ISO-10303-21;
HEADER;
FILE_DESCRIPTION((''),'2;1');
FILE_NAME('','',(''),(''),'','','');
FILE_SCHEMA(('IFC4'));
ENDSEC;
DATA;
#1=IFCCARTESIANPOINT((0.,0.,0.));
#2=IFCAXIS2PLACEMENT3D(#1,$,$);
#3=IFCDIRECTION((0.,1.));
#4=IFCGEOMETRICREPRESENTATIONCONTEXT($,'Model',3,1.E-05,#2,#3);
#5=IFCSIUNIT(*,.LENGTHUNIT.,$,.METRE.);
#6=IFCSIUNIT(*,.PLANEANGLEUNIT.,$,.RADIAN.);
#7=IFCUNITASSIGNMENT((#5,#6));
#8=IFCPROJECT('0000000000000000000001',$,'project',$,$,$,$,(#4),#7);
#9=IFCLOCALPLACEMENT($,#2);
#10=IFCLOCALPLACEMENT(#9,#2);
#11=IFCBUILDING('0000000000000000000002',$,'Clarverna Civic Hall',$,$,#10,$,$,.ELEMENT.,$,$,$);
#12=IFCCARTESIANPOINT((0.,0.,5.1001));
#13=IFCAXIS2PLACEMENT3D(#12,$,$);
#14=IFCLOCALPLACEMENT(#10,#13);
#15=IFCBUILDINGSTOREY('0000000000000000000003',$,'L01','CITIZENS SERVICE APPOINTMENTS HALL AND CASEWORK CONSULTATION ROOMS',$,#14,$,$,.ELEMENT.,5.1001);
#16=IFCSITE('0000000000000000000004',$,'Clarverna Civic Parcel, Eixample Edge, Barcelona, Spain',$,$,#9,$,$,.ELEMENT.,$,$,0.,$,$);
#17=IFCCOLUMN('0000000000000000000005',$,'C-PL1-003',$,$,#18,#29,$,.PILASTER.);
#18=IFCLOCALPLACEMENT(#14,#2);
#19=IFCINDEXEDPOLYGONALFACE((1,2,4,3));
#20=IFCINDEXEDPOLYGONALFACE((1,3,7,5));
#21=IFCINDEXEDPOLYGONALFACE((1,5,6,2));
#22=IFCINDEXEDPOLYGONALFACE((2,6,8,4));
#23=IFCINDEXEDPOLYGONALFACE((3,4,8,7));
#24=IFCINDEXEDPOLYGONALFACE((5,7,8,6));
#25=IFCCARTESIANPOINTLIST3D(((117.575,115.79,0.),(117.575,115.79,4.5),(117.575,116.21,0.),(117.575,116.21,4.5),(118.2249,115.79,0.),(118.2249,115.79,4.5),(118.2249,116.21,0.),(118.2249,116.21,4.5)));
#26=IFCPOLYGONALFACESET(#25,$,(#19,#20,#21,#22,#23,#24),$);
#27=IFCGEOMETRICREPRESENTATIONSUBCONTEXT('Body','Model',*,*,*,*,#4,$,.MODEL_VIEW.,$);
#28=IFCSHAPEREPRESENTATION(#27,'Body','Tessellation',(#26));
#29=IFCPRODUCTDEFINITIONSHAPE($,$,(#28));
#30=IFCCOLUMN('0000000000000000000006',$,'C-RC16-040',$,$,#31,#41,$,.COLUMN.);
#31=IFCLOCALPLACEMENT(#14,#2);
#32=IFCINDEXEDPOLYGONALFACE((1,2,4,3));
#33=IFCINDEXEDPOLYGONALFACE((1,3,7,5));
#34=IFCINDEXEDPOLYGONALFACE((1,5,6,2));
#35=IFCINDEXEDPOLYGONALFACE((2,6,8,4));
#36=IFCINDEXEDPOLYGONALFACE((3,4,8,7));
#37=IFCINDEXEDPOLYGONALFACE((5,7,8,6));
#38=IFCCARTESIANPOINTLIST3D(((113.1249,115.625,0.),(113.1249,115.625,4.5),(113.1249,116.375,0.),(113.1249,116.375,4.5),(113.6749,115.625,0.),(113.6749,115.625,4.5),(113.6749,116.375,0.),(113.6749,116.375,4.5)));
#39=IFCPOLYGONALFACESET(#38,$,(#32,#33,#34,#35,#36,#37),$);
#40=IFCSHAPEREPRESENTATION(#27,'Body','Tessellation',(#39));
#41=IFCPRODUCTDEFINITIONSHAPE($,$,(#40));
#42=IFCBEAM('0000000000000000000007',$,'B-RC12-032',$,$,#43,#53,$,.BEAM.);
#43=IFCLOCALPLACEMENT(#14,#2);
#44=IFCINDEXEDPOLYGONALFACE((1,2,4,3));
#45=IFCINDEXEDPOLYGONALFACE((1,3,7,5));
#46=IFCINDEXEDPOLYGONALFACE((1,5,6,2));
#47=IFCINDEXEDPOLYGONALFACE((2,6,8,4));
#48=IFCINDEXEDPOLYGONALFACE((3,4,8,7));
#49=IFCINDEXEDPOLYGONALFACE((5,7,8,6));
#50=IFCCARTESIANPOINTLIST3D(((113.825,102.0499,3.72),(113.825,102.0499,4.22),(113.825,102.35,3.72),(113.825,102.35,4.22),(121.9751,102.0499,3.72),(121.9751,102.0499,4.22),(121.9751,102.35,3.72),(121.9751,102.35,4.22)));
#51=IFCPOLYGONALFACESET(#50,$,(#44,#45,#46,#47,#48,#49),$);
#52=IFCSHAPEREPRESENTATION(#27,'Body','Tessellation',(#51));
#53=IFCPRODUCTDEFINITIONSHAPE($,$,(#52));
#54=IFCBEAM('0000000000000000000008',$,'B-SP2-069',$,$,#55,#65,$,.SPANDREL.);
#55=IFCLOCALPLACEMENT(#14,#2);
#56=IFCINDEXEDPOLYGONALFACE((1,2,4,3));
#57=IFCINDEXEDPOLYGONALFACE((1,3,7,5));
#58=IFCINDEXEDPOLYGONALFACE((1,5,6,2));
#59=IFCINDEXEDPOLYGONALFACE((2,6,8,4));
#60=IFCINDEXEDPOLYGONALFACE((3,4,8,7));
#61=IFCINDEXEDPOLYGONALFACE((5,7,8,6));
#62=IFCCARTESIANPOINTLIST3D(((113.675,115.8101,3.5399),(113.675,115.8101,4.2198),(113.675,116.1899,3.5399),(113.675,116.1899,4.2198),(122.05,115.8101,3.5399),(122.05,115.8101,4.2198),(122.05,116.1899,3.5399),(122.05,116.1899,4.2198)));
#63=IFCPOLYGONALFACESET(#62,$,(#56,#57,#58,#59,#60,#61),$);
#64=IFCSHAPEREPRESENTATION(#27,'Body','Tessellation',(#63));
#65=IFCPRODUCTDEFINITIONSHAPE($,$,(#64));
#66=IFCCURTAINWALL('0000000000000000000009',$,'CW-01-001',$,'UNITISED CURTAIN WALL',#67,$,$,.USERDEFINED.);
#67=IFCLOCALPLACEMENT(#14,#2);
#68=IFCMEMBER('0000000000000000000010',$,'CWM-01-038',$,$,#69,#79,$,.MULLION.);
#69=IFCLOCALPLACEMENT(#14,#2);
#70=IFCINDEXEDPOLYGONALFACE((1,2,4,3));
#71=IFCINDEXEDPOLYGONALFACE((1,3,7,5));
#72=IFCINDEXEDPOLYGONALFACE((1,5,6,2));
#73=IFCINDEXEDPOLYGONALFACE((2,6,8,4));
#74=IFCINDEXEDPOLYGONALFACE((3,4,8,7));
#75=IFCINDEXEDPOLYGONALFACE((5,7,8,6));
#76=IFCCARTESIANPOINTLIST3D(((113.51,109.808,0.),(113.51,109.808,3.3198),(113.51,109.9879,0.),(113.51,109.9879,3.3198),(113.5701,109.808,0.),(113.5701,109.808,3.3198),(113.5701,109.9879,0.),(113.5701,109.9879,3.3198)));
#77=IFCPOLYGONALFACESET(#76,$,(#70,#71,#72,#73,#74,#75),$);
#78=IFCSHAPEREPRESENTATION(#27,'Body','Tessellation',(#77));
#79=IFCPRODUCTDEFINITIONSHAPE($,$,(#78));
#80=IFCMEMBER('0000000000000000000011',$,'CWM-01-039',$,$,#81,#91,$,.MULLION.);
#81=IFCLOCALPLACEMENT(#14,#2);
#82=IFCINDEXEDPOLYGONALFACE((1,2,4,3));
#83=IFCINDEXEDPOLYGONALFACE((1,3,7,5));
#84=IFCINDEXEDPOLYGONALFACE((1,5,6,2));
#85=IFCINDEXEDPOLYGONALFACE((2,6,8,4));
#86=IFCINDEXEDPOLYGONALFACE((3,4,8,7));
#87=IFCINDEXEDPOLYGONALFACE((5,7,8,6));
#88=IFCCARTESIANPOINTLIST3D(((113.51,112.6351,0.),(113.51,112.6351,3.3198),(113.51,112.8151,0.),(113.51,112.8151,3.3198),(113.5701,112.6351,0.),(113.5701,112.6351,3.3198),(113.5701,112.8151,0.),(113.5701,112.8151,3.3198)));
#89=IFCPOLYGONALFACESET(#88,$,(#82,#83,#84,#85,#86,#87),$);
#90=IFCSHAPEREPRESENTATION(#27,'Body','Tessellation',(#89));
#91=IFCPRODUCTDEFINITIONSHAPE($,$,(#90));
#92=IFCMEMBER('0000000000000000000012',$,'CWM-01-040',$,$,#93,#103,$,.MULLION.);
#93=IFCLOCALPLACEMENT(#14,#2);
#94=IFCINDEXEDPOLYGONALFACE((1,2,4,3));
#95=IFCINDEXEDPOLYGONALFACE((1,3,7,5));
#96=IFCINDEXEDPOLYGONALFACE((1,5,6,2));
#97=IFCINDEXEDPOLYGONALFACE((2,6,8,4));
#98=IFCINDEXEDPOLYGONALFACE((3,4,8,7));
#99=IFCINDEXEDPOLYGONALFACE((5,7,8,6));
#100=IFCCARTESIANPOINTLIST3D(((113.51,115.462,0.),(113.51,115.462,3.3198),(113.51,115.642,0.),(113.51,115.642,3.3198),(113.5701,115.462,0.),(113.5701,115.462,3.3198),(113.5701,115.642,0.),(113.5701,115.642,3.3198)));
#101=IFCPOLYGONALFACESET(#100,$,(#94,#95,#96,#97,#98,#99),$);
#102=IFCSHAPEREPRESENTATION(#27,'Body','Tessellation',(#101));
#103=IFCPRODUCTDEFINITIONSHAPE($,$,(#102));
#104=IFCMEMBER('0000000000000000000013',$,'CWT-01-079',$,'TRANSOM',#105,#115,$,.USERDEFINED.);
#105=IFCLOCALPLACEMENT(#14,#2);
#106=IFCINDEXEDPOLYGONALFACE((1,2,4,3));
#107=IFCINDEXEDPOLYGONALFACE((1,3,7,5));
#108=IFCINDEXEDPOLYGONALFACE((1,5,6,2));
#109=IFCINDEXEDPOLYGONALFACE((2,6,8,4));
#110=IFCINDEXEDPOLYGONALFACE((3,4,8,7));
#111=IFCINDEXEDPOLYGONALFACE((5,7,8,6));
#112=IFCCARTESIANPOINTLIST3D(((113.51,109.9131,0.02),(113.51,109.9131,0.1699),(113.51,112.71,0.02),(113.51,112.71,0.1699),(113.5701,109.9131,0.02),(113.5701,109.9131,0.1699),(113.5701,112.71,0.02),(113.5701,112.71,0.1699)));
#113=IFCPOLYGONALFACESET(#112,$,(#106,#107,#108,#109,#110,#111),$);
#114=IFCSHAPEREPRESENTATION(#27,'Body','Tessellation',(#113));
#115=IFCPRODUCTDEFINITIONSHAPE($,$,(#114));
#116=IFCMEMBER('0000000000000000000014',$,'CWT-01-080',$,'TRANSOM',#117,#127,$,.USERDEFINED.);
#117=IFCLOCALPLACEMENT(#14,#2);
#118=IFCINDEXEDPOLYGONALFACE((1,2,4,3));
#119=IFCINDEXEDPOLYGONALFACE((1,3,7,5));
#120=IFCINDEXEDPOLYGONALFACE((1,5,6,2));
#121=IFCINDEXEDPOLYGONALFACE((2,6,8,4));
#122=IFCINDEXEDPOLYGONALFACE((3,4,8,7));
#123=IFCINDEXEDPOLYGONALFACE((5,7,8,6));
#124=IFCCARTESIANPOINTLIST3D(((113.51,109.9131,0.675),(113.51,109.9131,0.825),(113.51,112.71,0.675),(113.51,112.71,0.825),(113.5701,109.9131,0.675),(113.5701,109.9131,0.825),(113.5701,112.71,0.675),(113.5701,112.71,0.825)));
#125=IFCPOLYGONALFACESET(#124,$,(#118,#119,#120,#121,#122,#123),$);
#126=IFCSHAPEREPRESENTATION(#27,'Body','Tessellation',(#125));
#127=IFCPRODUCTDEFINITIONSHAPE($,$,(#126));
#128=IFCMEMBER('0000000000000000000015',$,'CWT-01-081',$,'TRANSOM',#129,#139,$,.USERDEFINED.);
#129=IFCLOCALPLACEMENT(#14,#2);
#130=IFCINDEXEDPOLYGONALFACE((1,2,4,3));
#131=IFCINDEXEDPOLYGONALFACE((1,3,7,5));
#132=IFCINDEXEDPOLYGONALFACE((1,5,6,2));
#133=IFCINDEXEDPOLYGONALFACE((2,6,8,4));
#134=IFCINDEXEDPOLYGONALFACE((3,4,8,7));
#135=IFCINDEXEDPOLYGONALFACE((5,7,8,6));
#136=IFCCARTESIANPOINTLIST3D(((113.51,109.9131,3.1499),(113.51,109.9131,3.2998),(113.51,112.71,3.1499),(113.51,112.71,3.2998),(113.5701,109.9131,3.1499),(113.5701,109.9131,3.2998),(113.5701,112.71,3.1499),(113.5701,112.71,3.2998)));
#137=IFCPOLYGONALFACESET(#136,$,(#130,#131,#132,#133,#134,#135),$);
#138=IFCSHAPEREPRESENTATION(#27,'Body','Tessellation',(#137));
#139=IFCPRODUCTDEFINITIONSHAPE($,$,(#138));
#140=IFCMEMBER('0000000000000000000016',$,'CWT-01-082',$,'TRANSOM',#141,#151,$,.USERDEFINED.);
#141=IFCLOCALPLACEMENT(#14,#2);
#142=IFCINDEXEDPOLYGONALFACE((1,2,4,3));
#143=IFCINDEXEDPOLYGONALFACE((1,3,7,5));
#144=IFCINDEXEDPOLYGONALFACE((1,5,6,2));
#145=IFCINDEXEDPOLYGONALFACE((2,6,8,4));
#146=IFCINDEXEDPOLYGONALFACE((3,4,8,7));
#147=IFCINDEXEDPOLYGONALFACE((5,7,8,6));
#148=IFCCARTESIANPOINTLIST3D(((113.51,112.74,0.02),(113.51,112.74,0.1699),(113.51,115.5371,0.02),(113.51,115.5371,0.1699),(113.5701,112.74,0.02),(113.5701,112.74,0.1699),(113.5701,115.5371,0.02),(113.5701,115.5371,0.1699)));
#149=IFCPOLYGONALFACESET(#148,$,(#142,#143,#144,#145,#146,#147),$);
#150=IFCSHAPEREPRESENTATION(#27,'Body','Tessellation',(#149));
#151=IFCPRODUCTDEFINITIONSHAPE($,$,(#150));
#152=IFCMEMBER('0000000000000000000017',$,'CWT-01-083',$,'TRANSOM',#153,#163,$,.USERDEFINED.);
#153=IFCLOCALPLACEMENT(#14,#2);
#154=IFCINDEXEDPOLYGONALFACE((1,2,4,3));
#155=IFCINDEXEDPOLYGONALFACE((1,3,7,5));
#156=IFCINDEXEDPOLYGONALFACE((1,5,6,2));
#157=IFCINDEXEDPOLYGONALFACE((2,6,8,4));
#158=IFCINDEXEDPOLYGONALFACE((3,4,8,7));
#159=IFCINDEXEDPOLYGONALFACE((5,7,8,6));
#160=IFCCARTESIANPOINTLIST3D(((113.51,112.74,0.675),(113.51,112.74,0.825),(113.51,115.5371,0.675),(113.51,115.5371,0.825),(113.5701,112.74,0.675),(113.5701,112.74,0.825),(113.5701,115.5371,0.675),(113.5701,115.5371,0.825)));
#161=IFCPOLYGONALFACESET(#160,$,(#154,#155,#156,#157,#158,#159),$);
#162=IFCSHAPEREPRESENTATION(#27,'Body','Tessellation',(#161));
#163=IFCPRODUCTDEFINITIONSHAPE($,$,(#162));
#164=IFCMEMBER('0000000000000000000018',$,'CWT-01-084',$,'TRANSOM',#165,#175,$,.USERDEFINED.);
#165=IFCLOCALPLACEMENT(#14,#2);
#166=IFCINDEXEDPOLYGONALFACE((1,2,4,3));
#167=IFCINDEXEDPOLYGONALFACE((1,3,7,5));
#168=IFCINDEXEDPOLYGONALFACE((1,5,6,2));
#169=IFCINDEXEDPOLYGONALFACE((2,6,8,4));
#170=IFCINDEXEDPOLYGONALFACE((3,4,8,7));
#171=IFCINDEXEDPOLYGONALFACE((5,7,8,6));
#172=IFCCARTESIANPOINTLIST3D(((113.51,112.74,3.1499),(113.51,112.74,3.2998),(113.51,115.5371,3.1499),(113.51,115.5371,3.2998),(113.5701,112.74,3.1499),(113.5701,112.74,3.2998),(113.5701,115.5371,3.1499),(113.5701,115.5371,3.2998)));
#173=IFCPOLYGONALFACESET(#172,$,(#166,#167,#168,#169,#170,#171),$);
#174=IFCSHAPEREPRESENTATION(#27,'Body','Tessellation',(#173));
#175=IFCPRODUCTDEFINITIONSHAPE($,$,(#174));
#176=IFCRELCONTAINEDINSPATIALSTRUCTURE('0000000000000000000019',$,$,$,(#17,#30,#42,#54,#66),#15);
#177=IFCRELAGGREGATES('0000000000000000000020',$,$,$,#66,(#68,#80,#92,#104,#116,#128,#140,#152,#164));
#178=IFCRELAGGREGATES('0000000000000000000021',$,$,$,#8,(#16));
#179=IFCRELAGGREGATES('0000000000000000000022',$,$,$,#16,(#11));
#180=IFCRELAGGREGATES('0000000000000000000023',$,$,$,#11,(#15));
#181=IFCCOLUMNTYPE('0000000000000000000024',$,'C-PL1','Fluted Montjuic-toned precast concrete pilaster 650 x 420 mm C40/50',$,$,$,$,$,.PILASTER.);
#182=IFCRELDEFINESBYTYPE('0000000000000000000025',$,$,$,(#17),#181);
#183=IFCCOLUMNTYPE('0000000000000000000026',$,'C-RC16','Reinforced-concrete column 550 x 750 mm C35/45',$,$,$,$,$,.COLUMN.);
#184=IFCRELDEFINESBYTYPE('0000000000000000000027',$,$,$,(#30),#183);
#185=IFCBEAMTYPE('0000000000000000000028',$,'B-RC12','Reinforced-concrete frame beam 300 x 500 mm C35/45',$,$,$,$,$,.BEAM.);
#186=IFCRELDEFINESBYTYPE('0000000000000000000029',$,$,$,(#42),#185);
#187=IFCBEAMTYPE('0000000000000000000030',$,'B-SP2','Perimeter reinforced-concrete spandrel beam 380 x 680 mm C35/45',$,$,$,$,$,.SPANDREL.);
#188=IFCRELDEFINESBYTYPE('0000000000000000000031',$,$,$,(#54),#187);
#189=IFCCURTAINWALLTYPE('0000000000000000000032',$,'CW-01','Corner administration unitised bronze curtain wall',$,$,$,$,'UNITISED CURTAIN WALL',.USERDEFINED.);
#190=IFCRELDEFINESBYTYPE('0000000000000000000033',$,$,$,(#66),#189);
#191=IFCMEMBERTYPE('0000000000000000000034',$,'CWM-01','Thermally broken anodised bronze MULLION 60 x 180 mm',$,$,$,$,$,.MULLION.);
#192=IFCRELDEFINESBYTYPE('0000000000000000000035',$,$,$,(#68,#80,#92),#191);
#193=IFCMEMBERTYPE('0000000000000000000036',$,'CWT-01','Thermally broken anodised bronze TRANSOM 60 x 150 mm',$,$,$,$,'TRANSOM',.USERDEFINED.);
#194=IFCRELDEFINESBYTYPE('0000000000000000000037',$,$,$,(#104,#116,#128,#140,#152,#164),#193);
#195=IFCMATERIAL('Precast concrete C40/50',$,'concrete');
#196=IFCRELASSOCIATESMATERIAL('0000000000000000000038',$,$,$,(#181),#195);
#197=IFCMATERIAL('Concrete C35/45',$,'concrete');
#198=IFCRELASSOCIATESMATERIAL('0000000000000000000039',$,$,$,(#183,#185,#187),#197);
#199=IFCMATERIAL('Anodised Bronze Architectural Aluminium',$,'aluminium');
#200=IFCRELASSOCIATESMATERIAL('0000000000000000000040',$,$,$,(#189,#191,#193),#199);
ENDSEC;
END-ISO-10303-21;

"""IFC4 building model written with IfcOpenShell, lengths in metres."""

from ifc_helpers import new_model, si_unit, direction, frame, origin, origin_2d, place, context, subcontext, project, spatial, rectangle, extrude, material, material_profile, profile_set, type_object, element, aggregate, save


model = new_model("IFC4")

# Units and contexts
model_context = context("Model", 3, precision=1e-05, world=origin(), true_north=direction((0.0, 1.0)))
body_context = subcontext(model_context, "Body", "Model", "MODEL_VIEW")
ifc_project = project(units=[si_unit("LENGTHUNIT", "METRE"), si_unit("PLANEANGLEUNIT", "RADIAN")], contexts=[model_context])

# Site, building, storey
site_placement = place(None, origin())
site = spatial("IfcSite", under=ifc_project, at=site_placement, Name="Clarverna Civic Parcel, Eixample Edge, Barcelona, Spain", CompositionType="ELEMENT", RefElevation=0.0)
building_placement = place(site_placement, origin())
building = spatial("IfcBuilding", under=site, at=building_placement, Name="Clarverna Civic Hall", CompositionType="ELEMENT")
storey_placement = place(building_placement, frame((0.0, 0.0, 5.1001)))
storey = spatial("IfcBuildingStorey", under=building, at=storey_placement, Name="L01", Description="CITIZENS SERVICE APPOINTMENTS HALL AND CASEWORK CONSULTATION ROOMS", CompositionType="ELEMENT", Elevation=5.1001)

# Columns
ifc_material_1 = material(Name="Precast concrete C40/50", Category="concrete")
ifc_material_profile_1 = material_profile(ifc_material_1, rectangle(XDim=0.6499, YDim=0.4199, at=origin_2d()), Name="PILASTER 650x420")
ifc_profile_set_1 = profile_set([ifc_material_profile_1], Name="Precast concrete C40/50")
column_type_1 = type_object("IfcColumnType", Name="C-PL1", Description="Fluted Montjuic-toned precast concrete pilaster 650 x 420 mm C40/50", PredefinedType="PILASTER", material=ifc_profile_set_1)
column_1_placement = place(storey_placement, frame((117.8999, 116.0, 0.0), z_axis=(0.0, 0.0, 1.0), x_axis=(1.0, 0.0, 0.0)))
element("IfcColumn", 1, at=column_1_placement, inside=storey, type_object=column_type_1, Name="C-PL1-003", PredefinedType="PILASTER", context=body_context, shape_type="SweptSolid", body=[
    extrude(rectangle(XDim=0.6499, YDim=0.4199, at=origin_2d()), origin(), (0.0, 0.0, 1.0), 4.5),
])
ifc_material_2 = material(Name="Concrete C35/45", Category="concrete")
ifc_material_profile_2 = material_profile(ifc_material_2, rectangle(XDim=0.55, YDim=0.75, at=origin_2d()), Name="RC 550x750")
ifc_profile_set_2 = profile_set([ifc_material_profile_2], Name="Concrete C35/45")
column_type_2 = type_object("IfcColumnType", Name="C-RC16", Description="Reinforced-concrete column 550 x 750 mm C35/45", PredefinedType="COLUMN", material=ifc_profile_set_2)
column_2_placement = place(storey_placement, frame((113.3999, 116.0, 0.0), z_axis=(0.0, 0.0, 1.0), x_axis=(1.0, 0.0, 0.0)))
element("IfcColumn", 2, at=column_2_placement, inside=storey, type_object=column_type_2, Name="C-RC16-040", PredefinedType="COLUMN", context=body_context, shape_type="SweptSolid", body=[
    extrude(rectangle(XDim=0.55, YDim=0.75, at=origin_2d()), origin(), (0.0, 0.0, 1.0), 4.5),
])

# Beams
ifc_material_profile_3 = material_profile(ifc_material_2, rectangle(XDim=0.3, YDim=0.5, at=origin_2d()), Name="RC 300x500")
ifc_profile_set_3 = profile_set([ifc_material_profile_3], Name="Concrete C35/45")
beam_type_1 = type_object("IfcBeamType", Name="B-RC12", Description="Reinforced-concrete frame beam 300 x 500 mm C35/45", PredefinedType="BEAM", material=ifc_profile_set_3)
beam_1_placement = place(storey_placement, frame((113.825, 102.2, 3.97), z_axis=(1.0, 0.0, 0.0), x_axis=(0.0, 1.0, 0.0)))
element("IfcBeam", 3, at=beam_1_placement, inside=storey, type_object=beam_type_1, Name="B-RC12-032", PredefinedType="BEAM", context=body_context, shape_type="SweptSolid", body=[
    extrude(rectangle(XDim=0.3, YDim=0.5, at=origin_2d()), origin(), (0.0, 0.0, 1.0), 8.1501),
])
ifc_material_profile_4 = material_profile(ifc_material_2, rectangle(XDim=0.3799, YDim=0.6799, at=origin_2d()), Name="RC 380x680")
ifc_profile_set_4 = profile_set([ifc_material_profile_4], Name="Concrete C35/45")
beam_type_2 = type_object("IfcBeamType", Name="B-SP2", Description="Perimeter reinforced-concrete spandrel beam 380 x 680 mm C35/45", PredefinedType="SPANDREL", material=ifc_profile_set_4)
beam_2_placement = place(storey_placement, frame((113.675, 116.0, 3.8799), z_axis=(1.0, 0.0, 0.0), x_axis=(0.0, 1.0, 0.0)))
element("IfcBeam", 4, at=beam_2_placement, inside=storey, type_object=beam_type_2, Name="B-SP2-069", PredefinedType="SPANDREL", context=body_context, shape_type="SweptSolid", body=[
    extrude(rectangle(XDim=0.3799, YDim=0.6799, at=origin_2d()), origin(), (0.0, 0.0, 1.0), 8.375),
])

# Curtain wall, members
ifc_material_3 = material(Name="Anodised Bronze Architectural Aluminium", Category="aluminium")
curtain_wall_type = type_object("IfcCurtainWallType", Name="CW-01", Description="Corner administration unitised bronze curtain wall", ElementType="UNITISED CURTAIN WALL", PredefinedType="USERDEFINED", material=ifc_material_3)
curtain_wall_placement = place(storey_placement, origin())
curtain_wall = element("IfcCurtainWall", 5, at=curtain_wall_placement, inside=storey, type_object=curtain_wall_type, Name="CW-01-001", ObjectType="UNITISED CURTAIN WALL", PredefinedType="USERDEFINED")
ifc_material_profile_5 = material_profile(ifc_material_3, rectangle(XDim=0.0601, YDim=0.1799, at=origin_2d()), Name="BRONZE 60x180")
ifc_profile_set_5 = profile_set([ifc_material_profile_5], Name="Anodised Bronze Architectural Aluminium")
member_type_1 = type_object("IfcMemberType", Name="CWM-01", Description="Thermally broken anodised bronze MULLION 60 x 180 mm", PredefinedType="MULLION", material=ifc_profile_set_5)
member_1_placement = place(storey_placement, frame((113.54, 109.8979, 0.0), z_axis=(0.0, 0.0, 1.0), x_axis=(1.0, 0.0, 0.0)))
member_1 = element("IfcMember", 6, at=member_1_placement, type_object=member_type_1, Name="CWM-01-038", PredefinedType="MULLION", context=body_context, shape_type="SweptSolid", body=[
    extrude(rectangle(XDim=0.0601, YDim=0.1799, at=origin_2d()), origin(), (0.0, 0.0, 1.0), 3.3198),
])
member_2_placement = place(storey_placement, frame((113.54, 112.7251, 0.0), z_axis=(0.0, 0.0, 1.0), x_axis=(1.0, 0.0, 0.0)))
member_2 = element("IfcMember", 7, at=member_2_placement, type_object=member_type_1, Name="CWM-01-039", PredefinedType="MULLION", context=body_context, shape_type="SweptSolid", body=[
    extrude(rectangle(XDim=0.0601, YDim=0.1799, at=origin_2d()), origin(), (0.0, 0.0, 1.0), 3.3198),
])
member_3_placement = place(storey_placement, frame((113.54, 115.552, 0.0), z_axis=(0.0, 0.0, 1.0), x_axis=(1.0, 0.0, 0.0)))
member_3 = element("IfcMember", 8, at=member_3_placement, type_object=member_type_1, Name="CWM-01-040", PredefinedType="MULLION", context=body_context, shape_type="SweptSolid", body=[
    extrude(rectangle(XDim=0.0601, YDim=0.1799, at=origin_2d()), origin(), (0.0, 0.0, 1.0), 3.3198),
])
ifc_material_profile_6 = material_profile(ifc_material_3, rectangle(XDim=0.0601, YDim=0.1499, at=origin_2d()), Name="BRONZE 60x150")
ifc_profile_set_6 = profile_set([ifc_material_profile_6], Name="Anodised Bronze Architectural Aluminium")
member_type_2 = type_object("IfcMemberType", Name="CWT-01", Description="Thermally broken anodised bronze TRANSOM 60 x 150 mm", ElementType="TRANSOM", PredefinedType="USERDEFINED", material=ifc_profile_set_6)
member_4_placement = place(storey_placement, frame((113.54, 109.9131, 0.095), z_axis=(0.0, 1.0, 0.0), x_axis=(-1.0, 0.0, 0.0)))
member_4 = element("IfcMember", 9, at=member_4_placement, type_object=member_type_2, Name="CWT-01-079", ObjectType="TRANSOM", PredefinedType="USERDEFINED", context=body_context, shape_type="SweptSolid", body=[
    extrude(rectangle(XDim=0.0601, YDim=0.1499, at=origin_2d()), origin(), (0.0, 0.0, 1.0), 2.7969),
])
member_5_placement = place(storey_placement, frame((113.54, 109.9131, 0.75), z_axis=(0.0, 1.0, 0.0), x_axis=(-1.0, 0.0, 0.0)))
member_5 = element("IfcMember", 10, at=member_5_placement, type_object=member_type_2, Name="CWT-01-080", ObjectType="TRANSOM", PredefinedType="USERDEFINED", context=body_context, shape_type="SweptSolid", body=[
    extrude(rectangle(XDim=0.0601, YDim=0.1499, at=origin_2d()), origin(), (0.0, 0.0, 1.0), 2.7969),
])
member_6_placement = place(storey_placement, frame((113.54, 109.9131, 3.2249), z_axis=(0.0, 1.0, 0.0), x_axis=(-1.0, 0.0, 0.0)))
member_6 = element("IfcMember", 11, at=member_6_placement, type_object=member_type_2, Name="CWT-01-081", ObjectType="TRANSOM", PredefinedType="USERDEFINED", context=body_context, shape_type="SweptSolid", body=[
    extrude(rectangle(XDim=0.0601, YDim=0.1499, at=origin_2d()), origin(), (0.0, 0.0, 1.0), 2.7969),
])
member_7_placement = place(storey_placement, frame((113.54, 112.74, 0.095), z_axis=(0.0, 1.0, 0.0), x_axis=(-1.0, 0.0, 0.0)))
member_7 = element("IfcMember", 12, at=member_7_placement, type_object=member_type_2, Name="CWT-01-082", ObjectType="TRANSOM", PredefinedType="USERDEFINED", context=body_context, shape_type="SweptSolid", body=[
    extrude(rectangle(XDim=0.0601, YDim=0.1499, at=origin_2d()), origin(), (0.0, 0.0, 1.0), 2.7971),
])
member_8_placement = place(storey_placement, frame((113.54, 112.74, 0.75), z_axis=(0.0, 1.0, 0.0), x_axis=(-1.0, 0.0, 0.0)))
member_8 = element("IfcMember", 13, at=member_8_placement, type_object=member_type_2, Name="CWT-01-083", ObjectType="TRANSOM", PredefinedType="USERDEFINED", context=body_context, shape_type="SweptSolid", body=[
    extrude(rectangle(XDim=0.0601, YDim=0.1499, at=origin_2d()), origin(), (0.0, 0.0, 1.0), 2.7971),
])
member_9_placement = place(storey_placement, frame((113.54, 112.74, 3.2249), z_axis=(0.0, 1.0, 0.0), x_axis=(-1.0, 0.0, 0.0)))
member_9 = element("IfcMember", 14, at=member_9_placement, type_object=member_type_2, Name="CWT-01-084", ObjectType="TRANSOM", PredefinedType="USERDEFINED", context=body_context, shape_type="SweptSolid", body=[
    extrude(rectangle(XDim=0.0601, YDim=0.1499, at=origin_2d()), origin(), (0.0, 0.0, 1.0), 2.7971),
])
aggregate(curtain_wall, [member_1, member_2, member_3, member_4, member_5, member_6, member_7, member_8, member_9])

save(model, "model.ifc")
